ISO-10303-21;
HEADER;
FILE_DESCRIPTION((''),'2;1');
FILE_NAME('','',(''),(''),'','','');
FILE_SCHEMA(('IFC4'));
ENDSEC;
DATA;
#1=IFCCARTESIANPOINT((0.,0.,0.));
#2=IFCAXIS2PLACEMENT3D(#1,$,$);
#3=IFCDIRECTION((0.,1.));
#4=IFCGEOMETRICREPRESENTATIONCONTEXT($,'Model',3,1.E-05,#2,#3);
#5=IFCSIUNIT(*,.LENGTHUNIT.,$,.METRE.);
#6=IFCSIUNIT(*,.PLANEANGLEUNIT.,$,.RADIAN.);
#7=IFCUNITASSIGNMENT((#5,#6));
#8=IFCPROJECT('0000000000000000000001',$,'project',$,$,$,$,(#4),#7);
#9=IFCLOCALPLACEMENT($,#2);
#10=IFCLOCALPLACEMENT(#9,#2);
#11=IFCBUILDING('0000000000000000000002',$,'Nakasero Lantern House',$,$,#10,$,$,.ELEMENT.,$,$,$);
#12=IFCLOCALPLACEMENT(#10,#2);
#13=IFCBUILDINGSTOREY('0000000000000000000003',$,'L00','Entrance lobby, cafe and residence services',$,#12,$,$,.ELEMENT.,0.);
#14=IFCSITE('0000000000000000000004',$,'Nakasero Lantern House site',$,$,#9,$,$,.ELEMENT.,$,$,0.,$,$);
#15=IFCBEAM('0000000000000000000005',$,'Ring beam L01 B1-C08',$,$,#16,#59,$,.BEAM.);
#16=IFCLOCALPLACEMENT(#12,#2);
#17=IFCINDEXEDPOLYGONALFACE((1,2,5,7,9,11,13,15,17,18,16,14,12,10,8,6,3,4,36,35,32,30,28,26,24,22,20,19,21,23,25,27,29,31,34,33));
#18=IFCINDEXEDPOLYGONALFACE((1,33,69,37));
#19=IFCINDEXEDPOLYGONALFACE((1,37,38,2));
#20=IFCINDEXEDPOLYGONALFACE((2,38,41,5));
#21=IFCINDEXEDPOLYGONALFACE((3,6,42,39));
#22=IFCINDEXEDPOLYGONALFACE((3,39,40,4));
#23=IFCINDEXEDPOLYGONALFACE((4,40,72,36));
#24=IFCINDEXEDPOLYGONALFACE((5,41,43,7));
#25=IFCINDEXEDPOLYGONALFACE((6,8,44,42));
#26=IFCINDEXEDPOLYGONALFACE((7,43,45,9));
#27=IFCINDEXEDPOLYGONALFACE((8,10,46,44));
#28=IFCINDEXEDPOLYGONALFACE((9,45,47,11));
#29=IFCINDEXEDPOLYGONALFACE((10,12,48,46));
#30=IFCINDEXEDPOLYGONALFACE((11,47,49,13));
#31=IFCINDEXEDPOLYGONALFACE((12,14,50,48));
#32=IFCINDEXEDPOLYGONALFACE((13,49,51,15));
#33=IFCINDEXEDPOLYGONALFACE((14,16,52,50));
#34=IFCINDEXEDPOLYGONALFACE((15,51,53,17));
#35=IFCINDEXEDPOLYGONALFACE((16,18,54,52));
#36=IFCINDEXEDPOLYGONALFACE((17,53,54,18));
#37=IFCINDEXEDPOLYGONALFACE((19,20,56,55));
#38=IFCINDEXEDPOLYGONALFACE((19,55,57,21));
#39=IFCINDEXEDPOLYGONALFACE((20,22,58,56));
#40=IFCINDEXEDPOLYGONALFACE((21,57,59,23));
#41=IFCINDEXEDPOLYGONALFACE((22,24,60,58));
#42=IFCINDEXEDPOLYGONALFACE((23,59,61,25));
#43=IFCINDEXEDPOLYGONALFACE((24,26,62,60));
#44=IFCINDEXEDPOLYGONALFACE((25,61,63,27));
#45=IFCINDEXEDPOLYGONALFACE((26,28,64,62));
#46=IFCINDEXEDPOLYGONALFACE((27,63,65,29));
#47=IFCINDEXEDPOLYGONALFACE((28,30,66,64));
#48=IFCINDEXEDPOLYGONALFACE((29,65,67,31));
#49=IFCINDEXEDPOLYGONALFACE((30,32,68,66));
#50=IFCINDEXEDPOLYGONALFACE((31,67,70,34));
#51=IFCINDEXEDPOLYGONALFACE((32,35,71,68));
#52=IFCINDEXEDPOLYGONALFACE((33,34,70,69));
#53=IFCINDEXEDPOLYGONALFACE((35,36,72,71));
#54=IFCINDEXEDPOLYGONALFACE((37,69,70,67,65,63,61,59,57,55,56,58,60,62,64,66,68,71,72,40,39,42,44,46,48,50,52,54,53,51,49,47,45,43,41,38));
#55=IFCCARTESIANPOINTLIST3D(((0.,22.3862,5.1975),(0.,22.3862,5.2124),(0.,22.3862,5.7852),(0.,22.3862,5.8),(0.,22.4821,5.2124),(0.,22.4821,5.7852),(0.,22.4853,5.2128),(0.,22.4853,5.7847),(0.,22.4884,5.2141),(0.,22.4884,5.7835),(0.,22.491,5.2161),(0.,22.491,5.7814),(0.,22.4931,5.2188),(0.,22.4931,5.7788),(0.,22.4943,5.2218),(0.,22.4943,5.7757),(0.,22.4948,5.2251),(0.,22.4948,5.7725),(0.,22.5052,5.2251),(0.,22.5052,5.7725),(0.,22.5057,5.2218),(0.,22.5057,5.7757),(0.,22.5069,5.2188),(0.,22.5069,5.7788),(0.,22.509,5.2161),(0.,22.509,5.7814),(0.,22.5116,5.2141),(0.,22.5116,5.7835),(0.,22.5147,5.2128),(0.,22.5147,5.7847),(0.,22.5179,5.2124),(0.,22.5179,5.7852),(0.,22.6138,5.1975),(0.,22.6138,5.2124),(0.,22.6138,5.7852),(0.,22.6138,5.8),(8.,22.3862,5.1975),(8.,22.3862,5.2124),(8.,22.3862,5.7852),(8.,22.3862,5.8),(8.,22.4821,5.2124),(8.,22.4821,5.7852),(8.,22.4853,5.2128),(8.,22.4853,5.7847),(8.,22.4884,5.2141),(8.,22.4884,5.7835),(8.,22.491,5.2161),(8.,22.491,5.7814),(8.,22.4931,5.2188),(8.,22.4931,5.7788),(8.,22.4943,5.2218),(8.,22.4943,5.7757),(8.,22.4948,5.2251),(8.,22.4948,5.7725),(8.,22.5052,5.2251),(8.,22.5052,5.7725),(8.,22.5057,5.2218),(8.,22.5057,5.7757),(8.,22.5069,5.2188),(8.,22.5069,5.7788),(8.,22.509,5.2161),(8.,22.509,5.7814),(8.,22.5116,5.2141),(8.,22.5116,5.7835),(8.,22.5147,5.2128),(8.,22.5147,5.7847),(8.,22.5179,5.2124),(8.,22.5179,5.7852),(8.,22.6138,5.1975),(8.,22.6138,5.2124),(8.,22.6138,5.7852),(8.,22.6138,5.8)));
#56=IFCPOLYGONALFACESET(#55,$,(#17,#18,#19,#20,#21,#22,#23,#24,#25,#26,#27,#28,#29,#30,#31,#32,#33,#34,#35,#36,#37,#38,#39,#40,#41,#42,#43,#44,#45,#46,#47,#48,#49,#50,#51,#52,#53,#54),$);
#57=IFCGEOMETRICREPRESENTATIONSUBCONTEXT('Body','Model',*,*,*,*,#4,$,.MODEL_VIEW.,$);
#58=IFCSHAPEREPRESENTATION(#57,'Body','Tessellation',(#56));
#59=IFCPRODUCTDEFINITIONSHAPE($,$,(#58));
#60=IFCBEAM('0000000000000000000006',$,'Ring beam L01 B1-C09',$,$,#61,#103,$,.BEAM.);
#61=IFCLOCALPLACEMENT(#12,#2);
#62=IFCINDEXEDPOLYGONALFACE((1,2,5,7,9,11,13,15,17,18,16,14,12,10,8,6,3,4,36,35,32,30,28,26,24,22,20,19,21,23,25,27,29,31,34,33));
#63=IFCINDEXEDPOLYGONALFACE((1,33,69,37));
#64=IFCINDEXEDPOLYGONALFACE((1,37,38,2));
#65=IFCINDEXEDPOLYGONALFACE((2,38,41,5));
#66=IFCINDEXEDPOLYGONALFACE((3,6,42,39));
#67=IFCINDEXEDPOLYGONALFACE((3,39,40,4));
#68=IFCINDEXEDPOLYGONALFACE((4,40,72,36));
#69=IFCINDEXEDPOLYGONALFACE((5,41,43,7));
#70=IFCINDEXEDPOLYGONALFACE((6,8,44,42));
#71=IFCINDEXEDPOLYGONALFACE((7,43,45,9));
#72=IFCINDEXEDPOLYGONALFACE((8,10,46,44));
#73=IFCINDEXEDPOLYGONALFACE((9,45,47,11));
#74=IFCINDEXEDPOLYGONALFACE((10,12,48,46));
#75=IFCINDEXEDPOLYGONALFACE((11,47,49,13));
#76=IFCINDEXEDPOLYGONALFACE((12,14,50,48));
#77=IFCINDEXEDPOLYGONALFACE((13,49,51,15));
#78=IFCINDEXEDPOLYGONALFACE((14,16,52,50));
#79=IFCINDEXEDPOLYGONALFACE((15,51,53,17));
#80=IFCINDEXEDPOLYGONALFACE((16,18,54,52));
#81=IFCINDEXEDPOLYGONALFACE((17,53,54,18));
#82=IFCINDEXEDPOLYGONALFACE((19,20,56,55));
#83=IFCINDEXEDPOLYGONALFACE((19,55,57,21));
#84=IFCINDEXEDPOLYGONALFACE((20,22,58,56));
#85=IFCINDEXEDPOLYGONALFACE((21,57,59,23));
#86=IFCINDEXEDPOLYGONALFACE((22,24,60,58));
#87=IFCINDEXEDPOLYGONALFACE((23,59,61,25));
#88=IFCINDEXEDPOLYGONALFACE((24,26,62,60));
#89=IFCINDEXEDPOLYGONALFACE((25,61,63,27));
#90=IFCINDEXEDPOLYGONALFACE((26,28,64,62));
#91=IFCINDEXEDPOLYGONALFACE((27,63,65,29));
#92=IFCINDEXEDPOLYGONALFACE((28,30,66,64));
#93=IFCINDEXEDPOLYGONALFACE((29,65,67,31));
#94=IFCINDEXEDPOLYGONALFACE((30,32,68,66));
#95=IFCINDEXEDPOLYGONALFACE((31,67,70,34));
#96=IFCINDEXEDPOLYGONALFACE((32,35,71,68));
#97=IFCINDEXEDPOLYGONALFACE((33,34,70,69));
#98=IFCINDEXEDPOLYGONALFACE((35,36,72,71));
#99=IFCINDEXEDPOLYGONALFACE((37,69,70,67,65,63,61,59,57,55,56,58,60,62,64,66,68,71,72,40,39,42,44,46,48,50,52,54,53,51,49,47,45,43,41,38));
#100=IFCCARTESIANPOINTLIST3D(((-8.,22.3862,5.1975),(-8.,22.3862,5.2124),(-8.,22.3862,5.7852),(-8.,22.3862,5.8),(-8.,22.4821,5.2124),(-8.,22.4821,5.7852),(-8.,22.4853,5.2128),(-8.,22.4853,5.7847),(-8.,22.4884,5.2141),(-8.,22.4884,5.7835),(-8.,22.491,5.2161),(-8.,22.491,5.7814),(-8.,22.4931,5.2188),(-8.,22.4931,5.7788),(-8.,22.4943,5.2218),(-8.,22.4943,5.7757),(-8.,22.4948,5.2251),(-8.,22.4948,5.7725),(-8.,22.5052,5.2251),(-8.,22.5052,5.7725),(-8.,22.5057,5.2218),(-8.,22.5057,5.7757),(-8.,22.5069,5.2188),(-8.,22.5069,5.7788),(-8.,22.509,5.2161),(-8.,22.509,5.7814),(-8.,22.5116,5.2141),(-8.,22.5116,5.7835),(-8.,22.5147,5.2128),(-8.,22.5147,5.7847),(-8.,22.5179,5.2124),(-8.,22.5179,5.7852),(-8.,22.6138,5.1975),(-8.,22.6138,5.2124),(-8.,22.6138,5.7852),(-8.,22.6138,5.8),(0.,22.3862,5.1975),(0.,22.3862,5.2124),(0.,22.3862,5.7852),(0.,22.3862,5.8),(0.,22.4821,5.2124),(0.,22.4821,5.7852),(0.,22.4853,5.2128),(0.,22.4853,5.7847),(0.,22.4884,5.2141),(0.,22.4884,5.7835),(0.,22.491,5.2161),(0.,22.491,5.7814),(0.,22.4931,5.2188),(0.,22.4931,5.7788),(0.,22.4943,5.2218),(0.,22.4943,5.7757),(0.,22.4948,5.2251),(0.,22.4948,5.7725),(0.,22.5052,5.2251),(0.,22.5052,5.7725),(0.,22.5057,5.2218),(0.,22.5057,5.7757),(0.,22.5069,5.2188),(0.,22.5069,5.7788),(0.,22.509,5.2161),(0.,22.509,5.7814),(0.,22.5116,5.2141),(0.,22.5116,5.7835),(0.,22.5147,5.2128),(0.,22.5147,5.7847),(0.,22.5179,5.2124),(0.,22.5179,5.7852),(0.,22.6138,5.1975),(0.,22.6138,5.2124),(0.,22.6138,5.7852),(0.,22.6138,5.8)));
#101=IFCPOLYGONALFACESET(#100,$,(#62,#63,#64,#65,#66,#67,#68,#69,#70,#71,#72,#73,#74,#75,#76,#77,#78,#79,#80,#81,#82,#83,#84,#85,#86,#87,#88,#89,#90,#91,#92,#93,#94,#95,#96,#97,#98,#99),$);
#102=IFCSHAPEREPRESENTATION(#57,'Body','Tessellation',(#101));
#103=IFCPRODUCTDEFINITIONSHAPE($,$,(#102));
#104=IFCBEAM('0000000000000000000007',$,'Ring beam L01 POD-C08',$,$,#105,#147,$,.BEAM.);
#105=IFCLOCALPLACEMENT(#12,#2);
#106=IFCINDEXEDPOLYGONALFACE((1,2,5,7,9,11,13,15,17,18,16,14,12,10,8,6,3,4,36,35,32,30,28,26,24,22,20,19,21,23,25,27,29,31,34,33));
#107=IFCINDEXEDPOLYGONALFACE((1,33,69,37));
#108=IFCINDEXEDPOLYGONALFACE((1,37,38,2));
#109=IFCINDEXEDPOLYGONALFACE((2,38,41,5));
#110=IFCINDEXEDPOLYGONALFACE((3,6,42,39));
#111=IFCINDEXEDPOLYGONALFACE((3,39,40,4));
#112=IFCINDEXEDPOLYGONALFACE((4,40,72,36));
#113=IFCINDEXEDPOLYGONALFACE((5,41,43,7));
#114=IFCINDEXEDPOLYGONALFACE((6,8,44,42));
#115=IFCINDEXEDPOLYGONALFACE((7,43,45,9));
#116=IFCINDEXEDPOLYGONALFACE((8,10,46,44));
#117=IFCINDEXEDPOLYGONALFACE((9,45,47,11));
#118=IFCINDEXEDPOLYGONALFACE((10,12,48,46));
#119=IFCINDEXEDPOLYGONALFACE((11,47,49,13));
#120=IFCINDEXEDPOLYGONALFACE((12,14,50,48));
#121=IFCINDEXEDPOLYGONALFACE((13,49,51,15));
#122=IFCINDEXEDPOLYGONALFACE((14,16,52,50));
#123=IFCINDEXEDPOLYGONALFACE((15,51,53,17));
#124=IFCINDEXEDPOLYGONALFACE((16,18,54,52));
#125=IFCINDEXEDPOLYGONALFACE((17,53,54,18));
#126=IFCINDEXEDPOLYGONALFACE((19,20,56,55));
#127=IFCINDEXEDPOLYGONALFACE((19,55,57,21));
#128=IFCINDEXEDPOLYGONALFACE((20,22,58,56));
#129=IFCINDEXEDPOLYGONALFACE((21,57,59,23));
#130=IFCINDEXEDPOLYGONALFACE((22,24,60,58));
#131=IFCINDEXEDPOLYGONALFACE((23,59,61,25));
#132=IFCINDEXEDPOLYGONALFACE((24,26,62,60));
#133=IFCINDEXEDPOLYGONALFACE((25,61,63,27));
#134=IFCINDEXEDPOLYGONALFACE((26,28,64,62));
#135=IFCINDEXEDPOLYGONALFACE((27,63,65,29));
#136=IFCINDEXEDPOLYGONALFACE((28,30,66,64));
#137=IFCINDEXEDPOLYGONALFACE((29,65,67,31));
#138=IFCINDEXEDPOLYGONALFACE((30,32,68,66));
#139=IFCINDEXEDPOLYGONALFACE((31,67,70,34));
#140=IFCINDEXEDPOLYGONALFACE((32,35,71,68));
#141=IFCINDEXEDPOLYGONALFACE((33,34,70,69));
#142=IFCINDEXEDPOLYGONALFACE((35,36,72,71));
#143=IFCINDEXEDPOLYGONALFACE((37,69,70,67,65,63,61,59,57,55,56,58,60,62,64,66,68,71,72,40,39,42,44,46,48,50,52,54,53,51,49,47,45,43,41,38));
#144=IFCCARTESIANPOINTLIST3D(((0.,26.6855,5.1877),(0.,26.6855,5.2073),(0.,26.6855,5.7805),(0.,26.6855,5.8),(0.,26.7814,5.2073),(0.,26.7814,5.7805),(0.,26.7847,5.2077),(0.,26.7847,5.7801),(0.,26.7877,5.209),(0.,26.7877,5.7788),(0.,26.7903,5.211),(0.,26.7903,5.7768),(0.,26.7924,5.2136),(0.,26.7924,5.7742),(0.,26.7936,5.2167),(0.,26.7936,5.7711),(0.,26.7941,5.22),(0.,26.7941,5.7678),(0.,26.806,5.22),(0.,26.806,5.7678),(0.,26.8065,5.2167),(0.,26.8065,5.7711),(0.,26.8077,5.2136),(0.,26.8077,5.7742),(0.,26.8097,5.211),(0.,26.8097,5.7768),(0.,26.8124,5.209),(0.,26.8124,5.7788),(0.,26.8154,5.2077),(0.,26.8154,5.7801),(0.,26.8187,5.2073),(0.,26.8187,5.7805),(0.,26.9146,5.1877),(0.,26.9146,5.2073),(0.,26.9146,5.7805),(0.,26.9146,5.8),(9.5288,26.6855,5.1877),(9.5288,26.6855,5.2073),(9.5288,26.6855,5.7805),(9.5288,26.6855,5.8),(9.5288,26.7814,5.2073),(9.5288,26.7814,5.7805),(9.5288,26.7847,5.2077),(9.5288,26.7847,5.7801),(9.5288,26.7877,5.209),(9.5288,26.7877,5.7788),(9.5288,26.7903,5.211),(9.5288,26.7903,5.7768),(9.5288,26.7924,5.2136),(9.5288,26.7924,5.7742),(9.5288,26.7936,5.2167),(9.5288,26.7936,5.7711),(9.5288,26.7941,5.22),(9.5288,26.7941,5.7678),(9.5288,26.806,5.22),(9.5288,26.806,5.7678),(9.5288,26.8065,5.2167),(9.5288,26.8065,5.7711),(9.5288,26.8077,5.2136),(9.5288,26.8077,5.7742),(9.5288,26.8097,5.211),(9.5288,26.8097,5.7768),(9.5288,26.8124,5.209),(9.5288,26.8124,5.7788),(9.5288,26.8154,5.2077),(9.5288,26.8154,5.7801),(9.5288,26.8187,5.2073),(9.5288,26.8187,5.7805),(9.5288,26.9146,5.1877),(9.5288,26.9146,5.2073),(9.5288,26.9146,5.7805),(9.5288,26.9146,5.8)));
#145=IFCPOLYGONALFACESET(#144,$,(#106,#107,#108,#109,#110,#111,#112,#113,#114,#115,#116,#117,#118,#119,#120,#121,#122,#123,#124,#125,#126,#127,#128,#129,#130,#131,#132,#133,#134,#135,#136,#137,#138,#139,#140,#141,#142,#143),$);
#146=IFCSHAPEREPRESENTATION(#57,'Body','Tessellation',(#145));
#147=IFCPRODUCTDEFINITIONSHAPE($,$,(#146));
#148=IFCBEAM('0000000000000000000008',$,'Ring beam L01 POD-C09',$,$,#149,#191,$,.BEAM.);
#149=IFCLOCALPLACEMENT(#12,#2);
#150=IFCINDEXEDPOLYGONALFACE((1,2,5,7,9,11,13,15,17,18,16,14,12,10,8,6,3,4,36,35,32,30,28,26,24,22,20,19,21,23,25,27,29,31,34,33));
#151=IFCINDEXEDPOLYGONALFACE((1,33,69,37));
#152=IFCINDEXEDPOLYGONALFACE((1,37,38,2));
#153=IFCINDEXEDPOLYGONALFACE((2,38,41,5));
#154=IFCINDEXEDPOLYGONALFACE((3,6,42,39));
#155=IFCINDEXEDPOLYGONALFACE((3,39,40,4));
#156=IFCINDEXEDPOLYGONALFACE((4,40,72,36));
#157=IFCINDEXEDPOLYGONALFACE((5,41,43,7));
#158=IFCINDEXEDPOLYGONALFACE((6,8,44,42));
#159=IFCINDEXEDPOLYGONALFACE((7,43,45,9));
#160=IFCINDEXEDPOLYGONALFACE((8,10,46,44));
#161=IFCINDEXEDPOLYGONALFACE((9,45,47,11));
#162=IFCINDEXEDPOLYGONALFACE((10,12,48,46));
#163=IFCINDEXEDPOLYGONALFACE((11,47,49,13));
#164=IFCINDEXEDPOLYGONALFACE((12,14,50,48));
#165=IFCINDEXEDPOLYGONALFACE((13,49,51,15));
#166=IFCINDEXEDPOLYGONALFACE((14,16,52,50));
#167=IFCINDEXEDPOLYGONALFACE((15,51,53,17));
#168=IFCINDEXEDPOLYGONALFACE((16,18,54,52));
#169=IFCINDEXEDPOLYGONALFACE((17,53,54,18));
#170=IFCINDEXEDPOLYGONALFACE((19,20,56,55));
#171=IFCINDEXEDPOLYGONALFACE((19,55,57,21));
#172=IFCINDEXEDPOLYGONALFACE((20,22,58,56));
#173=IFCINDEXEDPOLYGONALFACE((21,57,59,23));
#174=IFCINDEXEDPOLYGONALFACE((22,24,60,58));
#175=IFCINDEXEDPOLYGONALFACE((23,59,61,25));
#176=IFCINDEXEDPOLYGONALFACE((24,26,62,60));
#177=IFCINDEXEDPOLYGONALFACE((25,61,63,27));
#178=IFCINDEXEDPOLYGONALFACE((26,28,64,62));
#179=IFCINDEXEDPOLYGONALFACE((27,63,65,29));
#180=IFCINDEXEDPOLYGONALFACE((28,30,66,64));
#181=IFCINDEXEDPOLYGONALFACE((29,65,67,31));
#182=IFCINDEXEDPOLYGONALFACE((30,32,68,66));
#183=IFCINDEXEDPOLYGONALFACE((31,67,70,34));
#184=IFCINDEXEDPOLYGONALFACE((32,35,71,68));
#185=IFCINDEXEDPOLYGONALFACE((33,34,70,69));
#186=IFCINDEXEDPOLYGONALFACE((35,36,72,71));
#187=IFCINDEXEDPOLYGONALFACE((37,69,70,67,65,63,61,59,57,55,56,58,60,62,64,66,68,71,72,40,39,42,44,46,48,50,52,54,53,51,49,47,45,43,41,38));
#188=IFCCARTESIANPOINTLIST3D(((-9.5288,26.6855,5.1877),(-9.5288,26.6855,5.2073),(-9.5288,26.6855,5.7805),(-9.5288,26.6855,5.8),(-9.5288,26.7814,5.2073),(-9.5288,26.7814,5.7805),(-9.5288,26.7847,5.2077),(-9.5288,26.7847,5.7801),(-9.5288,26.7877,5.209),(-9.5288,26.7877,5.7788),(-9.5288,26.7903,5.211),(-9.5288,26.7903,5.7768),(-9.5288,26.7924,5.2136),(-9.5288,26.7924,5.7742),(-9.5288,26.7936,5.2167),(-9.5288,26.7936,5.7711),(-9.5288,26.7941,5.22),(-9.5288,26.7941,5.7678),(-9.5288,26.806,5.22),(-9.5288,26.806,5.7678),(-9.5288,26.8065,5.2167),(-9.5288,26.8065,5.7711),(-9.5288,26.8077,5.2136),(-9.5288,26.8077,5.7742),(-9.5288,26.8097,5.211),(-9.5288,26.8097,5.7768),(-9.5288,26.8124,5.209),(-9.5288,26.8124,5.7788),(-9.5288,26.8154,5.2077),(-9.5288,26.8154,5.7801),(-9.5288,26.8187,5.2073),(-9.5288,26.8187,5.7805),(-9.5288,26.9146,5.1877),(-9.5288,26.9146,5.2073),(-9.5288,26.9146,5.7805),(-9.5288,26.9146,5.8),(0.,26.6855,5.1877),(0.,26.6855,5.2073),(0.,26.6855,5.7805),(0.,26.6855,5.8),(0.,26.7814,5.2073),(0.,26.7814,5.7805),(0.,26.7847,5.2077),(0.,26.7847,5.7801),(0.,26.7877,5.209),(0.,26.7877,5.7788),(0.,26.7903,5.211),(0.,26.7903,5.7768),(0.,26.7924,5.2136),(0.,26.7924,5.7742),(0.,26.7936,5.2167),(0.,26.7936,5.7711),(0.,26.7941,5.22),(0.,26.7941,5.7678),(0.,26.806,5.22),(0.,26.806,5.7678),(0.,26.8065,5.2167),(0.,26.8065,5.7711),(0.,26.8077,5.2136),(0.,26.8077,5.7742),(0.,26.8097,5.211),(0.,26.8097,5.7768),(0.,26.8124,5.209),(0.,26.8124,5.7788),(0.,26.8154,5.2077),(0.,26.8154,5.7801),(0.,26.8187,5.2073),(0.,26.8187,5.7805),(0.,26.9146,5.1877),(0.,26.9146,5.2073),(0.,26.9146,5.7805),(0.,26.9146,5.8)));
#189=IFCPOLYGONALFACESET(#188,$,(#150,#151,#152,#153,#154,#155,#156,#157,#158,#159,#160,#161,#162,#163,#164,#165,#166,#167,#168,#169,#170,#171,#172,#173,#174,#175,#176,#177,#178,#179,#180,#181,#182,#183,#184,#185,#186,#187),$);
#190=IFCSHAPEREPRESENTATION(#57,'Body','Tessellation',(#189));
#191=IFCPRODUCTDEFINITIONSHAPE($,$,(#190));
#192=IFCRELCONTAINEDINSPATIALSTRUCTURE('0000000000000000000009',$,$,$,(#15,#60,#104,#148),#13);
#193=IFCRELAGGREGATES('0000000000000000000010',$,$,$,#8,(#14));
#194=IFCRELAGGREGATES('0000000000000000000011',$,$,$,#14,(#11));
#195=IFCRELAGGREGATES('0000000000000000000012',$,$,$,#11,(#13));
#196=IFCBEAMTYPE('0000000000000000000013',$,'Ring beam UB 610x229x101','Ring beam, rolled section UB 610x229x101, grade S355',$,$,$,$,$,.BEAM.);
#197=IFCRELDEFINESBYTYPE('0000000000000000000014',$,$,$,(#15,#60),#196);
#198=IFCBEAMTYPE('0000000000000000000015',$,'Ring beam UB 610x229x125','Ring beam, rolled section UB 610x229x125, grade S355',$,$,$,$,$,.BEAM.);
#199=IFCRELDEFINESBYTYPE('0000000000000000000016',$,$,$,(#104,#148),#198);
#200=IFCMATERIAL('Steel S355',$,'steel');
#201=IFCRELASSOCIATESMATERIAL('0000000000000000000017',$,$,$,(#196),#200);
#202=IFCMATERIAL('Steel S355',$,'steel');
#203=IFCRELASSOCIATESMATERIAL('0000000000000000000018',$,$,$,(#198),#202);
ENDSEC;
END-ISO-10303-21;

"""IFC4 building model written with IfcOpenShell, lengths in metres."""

from ifc_helpers import new_model, si_unit, direction, frame, origin, origin_2d, place, context, subcontext, project, spatial, i_section, extrude, material, material_profile, profile_set, type_object, element, save


model = new_model("IFC4")

# Units and contexts
model_context = context("Model", 3, precision=1e-05, world=origin(), true_north=direction((0.0, 1.0)))
body_context = subcontext(model_context, "Body", "Model", "MODEL_VIEW")
ifc_project = project(units=[si_unit("LENGTHUNIT", "METRE"), si_unit("PLANEANGLEUNIT", "RADIAN")], contexts=[model_context])

# Site, building, storey
site_placement = place(None, origin())
site = spatial("IfcSite", under=ifc_project, at=site_placement, Name="Nakasero Lantern House site", CompositionType="ELEMENT", RefElevation=0.0)
building_placement = place(site_placement, origin())
building = spatial("IfcBuilding", under=site, at=building_placement, Name="Nakasero Lantern House", CompositionType="ELEMENT")
storey_placement = place(building_placement, origin())
storey = spatial("IfcBuildingStorey", under=building, at=storey_placement, Name="L00", Description="Entrance lobby, cafe and residence services", CompositionType="ELEMENT", Elevation=0.0)

# Beams
ifc_material_1 = material(Name="Steel S355", Category="steel")
ifc_material_profile_1 = material_profile(ifc_material_1, i_section(OverallWidth=0.2275, OverallDepth=0.6025, WebThickness=0.0105, FlangeThickness=0.0149, FilletRadius=0.0127, at=origin_2d()), Name="UB 610x229x101")
ifc_profile_set_1 = profile_set([ifc_material_profile_1], Name="Steel S355")
beam_type_1 = type_object("IfcBeamType", Name="Ring beam UB 610x229x101", Description="Ring beam, rolled section UB 610x229x101, grade S355", PredefinedType="BEAM", material=ifc_profile_set_1)
for number, where, z_axis, x_axis, name in (
    (1, (8.0, 22.5, 5.4988), (-1.0, 0.0, 0.0), (0.0, -1.0, 0.0), "Ring beam L01 B1-C08"),
    (2, (0.0, 22.5, 5.4988), (-1.0, 0.0, 0.0), (0.0, -1.0, 0.0), "Ring beam L01 B1-C09"),
):
    element("IfcBeam", number, at=place(storey_placement, frame(where, z_axis=z_axis, x_axis=x_axis)), inside=storey, type_object=beam_type_1, Name=name, PredefinedType="BEAM", context=body_context, shape_type="SweptSolid", body=[
        extrude(i_section(OverallWidth=0.2275, OverallDepth=0.6025, WebThickness=0.0105, FlangeThickness=0.0149, FilletRadius=0.0127, at=origin_2d()), origin(), (0.0, 0.0, 1.0), 8.0),
    ])
ifc_material_2 = material(Name="Steel S355", Category="steel")
ifc_material_profile_2 = material_profile(ifc_material_2, i_section(OverallWidth=0.229, OverallDepth=0.6123, WebThickness=0.012, FlangeThickness=0.0195, FilletRadius=0.0127, at=origin_2d()), Name="UB 610x229x125")
ifc_profile_set_2 = profile_set([ifc_material_profile_2], Name="Steel S355")
beam_type_2 = type_object("IfcBeamType", Name="Ring beam UB 610x229x125", Description="Ring beam, rolled section UB 610x229x125, grade S355", PredefinedType="BEAM", material=ifc_profile_set_2)
for number, where, z_axis, x_axis, name in (
    (3, (9.5288, 26.8, 5.4939), (-1.0, 0.0, 0.0), (0.0, -1.0, 0.0), "Ring beam L01 POD-C08"),
    (4, (0.0, 26.8, 5.4939), (-1.0, 0.0, 0.0), (0.0, -1.0, 0.0), "Ring beam L01 POD-C09"),
):
    element("IfcBeam", number, at=place(storey_placement, frame(where, z_axis=z_axis, x_axis=x_axis)), inside=storey, type_object=beam_type_2, Name=name, PredefinedType="BEAM", context=body_context, shape_type="SweptSolid", body=[
        extrude(i_section(OverallWidth=0.229, OverallDepth=0.6123, WebThickness=0.012, FlangeThickness=0.0195, FilletRadius=0.0127, at=origin_2d()), origin(), (0.0, 0.0, 1.0), 9.5288),
    ])

save(model, "model.ifc")
